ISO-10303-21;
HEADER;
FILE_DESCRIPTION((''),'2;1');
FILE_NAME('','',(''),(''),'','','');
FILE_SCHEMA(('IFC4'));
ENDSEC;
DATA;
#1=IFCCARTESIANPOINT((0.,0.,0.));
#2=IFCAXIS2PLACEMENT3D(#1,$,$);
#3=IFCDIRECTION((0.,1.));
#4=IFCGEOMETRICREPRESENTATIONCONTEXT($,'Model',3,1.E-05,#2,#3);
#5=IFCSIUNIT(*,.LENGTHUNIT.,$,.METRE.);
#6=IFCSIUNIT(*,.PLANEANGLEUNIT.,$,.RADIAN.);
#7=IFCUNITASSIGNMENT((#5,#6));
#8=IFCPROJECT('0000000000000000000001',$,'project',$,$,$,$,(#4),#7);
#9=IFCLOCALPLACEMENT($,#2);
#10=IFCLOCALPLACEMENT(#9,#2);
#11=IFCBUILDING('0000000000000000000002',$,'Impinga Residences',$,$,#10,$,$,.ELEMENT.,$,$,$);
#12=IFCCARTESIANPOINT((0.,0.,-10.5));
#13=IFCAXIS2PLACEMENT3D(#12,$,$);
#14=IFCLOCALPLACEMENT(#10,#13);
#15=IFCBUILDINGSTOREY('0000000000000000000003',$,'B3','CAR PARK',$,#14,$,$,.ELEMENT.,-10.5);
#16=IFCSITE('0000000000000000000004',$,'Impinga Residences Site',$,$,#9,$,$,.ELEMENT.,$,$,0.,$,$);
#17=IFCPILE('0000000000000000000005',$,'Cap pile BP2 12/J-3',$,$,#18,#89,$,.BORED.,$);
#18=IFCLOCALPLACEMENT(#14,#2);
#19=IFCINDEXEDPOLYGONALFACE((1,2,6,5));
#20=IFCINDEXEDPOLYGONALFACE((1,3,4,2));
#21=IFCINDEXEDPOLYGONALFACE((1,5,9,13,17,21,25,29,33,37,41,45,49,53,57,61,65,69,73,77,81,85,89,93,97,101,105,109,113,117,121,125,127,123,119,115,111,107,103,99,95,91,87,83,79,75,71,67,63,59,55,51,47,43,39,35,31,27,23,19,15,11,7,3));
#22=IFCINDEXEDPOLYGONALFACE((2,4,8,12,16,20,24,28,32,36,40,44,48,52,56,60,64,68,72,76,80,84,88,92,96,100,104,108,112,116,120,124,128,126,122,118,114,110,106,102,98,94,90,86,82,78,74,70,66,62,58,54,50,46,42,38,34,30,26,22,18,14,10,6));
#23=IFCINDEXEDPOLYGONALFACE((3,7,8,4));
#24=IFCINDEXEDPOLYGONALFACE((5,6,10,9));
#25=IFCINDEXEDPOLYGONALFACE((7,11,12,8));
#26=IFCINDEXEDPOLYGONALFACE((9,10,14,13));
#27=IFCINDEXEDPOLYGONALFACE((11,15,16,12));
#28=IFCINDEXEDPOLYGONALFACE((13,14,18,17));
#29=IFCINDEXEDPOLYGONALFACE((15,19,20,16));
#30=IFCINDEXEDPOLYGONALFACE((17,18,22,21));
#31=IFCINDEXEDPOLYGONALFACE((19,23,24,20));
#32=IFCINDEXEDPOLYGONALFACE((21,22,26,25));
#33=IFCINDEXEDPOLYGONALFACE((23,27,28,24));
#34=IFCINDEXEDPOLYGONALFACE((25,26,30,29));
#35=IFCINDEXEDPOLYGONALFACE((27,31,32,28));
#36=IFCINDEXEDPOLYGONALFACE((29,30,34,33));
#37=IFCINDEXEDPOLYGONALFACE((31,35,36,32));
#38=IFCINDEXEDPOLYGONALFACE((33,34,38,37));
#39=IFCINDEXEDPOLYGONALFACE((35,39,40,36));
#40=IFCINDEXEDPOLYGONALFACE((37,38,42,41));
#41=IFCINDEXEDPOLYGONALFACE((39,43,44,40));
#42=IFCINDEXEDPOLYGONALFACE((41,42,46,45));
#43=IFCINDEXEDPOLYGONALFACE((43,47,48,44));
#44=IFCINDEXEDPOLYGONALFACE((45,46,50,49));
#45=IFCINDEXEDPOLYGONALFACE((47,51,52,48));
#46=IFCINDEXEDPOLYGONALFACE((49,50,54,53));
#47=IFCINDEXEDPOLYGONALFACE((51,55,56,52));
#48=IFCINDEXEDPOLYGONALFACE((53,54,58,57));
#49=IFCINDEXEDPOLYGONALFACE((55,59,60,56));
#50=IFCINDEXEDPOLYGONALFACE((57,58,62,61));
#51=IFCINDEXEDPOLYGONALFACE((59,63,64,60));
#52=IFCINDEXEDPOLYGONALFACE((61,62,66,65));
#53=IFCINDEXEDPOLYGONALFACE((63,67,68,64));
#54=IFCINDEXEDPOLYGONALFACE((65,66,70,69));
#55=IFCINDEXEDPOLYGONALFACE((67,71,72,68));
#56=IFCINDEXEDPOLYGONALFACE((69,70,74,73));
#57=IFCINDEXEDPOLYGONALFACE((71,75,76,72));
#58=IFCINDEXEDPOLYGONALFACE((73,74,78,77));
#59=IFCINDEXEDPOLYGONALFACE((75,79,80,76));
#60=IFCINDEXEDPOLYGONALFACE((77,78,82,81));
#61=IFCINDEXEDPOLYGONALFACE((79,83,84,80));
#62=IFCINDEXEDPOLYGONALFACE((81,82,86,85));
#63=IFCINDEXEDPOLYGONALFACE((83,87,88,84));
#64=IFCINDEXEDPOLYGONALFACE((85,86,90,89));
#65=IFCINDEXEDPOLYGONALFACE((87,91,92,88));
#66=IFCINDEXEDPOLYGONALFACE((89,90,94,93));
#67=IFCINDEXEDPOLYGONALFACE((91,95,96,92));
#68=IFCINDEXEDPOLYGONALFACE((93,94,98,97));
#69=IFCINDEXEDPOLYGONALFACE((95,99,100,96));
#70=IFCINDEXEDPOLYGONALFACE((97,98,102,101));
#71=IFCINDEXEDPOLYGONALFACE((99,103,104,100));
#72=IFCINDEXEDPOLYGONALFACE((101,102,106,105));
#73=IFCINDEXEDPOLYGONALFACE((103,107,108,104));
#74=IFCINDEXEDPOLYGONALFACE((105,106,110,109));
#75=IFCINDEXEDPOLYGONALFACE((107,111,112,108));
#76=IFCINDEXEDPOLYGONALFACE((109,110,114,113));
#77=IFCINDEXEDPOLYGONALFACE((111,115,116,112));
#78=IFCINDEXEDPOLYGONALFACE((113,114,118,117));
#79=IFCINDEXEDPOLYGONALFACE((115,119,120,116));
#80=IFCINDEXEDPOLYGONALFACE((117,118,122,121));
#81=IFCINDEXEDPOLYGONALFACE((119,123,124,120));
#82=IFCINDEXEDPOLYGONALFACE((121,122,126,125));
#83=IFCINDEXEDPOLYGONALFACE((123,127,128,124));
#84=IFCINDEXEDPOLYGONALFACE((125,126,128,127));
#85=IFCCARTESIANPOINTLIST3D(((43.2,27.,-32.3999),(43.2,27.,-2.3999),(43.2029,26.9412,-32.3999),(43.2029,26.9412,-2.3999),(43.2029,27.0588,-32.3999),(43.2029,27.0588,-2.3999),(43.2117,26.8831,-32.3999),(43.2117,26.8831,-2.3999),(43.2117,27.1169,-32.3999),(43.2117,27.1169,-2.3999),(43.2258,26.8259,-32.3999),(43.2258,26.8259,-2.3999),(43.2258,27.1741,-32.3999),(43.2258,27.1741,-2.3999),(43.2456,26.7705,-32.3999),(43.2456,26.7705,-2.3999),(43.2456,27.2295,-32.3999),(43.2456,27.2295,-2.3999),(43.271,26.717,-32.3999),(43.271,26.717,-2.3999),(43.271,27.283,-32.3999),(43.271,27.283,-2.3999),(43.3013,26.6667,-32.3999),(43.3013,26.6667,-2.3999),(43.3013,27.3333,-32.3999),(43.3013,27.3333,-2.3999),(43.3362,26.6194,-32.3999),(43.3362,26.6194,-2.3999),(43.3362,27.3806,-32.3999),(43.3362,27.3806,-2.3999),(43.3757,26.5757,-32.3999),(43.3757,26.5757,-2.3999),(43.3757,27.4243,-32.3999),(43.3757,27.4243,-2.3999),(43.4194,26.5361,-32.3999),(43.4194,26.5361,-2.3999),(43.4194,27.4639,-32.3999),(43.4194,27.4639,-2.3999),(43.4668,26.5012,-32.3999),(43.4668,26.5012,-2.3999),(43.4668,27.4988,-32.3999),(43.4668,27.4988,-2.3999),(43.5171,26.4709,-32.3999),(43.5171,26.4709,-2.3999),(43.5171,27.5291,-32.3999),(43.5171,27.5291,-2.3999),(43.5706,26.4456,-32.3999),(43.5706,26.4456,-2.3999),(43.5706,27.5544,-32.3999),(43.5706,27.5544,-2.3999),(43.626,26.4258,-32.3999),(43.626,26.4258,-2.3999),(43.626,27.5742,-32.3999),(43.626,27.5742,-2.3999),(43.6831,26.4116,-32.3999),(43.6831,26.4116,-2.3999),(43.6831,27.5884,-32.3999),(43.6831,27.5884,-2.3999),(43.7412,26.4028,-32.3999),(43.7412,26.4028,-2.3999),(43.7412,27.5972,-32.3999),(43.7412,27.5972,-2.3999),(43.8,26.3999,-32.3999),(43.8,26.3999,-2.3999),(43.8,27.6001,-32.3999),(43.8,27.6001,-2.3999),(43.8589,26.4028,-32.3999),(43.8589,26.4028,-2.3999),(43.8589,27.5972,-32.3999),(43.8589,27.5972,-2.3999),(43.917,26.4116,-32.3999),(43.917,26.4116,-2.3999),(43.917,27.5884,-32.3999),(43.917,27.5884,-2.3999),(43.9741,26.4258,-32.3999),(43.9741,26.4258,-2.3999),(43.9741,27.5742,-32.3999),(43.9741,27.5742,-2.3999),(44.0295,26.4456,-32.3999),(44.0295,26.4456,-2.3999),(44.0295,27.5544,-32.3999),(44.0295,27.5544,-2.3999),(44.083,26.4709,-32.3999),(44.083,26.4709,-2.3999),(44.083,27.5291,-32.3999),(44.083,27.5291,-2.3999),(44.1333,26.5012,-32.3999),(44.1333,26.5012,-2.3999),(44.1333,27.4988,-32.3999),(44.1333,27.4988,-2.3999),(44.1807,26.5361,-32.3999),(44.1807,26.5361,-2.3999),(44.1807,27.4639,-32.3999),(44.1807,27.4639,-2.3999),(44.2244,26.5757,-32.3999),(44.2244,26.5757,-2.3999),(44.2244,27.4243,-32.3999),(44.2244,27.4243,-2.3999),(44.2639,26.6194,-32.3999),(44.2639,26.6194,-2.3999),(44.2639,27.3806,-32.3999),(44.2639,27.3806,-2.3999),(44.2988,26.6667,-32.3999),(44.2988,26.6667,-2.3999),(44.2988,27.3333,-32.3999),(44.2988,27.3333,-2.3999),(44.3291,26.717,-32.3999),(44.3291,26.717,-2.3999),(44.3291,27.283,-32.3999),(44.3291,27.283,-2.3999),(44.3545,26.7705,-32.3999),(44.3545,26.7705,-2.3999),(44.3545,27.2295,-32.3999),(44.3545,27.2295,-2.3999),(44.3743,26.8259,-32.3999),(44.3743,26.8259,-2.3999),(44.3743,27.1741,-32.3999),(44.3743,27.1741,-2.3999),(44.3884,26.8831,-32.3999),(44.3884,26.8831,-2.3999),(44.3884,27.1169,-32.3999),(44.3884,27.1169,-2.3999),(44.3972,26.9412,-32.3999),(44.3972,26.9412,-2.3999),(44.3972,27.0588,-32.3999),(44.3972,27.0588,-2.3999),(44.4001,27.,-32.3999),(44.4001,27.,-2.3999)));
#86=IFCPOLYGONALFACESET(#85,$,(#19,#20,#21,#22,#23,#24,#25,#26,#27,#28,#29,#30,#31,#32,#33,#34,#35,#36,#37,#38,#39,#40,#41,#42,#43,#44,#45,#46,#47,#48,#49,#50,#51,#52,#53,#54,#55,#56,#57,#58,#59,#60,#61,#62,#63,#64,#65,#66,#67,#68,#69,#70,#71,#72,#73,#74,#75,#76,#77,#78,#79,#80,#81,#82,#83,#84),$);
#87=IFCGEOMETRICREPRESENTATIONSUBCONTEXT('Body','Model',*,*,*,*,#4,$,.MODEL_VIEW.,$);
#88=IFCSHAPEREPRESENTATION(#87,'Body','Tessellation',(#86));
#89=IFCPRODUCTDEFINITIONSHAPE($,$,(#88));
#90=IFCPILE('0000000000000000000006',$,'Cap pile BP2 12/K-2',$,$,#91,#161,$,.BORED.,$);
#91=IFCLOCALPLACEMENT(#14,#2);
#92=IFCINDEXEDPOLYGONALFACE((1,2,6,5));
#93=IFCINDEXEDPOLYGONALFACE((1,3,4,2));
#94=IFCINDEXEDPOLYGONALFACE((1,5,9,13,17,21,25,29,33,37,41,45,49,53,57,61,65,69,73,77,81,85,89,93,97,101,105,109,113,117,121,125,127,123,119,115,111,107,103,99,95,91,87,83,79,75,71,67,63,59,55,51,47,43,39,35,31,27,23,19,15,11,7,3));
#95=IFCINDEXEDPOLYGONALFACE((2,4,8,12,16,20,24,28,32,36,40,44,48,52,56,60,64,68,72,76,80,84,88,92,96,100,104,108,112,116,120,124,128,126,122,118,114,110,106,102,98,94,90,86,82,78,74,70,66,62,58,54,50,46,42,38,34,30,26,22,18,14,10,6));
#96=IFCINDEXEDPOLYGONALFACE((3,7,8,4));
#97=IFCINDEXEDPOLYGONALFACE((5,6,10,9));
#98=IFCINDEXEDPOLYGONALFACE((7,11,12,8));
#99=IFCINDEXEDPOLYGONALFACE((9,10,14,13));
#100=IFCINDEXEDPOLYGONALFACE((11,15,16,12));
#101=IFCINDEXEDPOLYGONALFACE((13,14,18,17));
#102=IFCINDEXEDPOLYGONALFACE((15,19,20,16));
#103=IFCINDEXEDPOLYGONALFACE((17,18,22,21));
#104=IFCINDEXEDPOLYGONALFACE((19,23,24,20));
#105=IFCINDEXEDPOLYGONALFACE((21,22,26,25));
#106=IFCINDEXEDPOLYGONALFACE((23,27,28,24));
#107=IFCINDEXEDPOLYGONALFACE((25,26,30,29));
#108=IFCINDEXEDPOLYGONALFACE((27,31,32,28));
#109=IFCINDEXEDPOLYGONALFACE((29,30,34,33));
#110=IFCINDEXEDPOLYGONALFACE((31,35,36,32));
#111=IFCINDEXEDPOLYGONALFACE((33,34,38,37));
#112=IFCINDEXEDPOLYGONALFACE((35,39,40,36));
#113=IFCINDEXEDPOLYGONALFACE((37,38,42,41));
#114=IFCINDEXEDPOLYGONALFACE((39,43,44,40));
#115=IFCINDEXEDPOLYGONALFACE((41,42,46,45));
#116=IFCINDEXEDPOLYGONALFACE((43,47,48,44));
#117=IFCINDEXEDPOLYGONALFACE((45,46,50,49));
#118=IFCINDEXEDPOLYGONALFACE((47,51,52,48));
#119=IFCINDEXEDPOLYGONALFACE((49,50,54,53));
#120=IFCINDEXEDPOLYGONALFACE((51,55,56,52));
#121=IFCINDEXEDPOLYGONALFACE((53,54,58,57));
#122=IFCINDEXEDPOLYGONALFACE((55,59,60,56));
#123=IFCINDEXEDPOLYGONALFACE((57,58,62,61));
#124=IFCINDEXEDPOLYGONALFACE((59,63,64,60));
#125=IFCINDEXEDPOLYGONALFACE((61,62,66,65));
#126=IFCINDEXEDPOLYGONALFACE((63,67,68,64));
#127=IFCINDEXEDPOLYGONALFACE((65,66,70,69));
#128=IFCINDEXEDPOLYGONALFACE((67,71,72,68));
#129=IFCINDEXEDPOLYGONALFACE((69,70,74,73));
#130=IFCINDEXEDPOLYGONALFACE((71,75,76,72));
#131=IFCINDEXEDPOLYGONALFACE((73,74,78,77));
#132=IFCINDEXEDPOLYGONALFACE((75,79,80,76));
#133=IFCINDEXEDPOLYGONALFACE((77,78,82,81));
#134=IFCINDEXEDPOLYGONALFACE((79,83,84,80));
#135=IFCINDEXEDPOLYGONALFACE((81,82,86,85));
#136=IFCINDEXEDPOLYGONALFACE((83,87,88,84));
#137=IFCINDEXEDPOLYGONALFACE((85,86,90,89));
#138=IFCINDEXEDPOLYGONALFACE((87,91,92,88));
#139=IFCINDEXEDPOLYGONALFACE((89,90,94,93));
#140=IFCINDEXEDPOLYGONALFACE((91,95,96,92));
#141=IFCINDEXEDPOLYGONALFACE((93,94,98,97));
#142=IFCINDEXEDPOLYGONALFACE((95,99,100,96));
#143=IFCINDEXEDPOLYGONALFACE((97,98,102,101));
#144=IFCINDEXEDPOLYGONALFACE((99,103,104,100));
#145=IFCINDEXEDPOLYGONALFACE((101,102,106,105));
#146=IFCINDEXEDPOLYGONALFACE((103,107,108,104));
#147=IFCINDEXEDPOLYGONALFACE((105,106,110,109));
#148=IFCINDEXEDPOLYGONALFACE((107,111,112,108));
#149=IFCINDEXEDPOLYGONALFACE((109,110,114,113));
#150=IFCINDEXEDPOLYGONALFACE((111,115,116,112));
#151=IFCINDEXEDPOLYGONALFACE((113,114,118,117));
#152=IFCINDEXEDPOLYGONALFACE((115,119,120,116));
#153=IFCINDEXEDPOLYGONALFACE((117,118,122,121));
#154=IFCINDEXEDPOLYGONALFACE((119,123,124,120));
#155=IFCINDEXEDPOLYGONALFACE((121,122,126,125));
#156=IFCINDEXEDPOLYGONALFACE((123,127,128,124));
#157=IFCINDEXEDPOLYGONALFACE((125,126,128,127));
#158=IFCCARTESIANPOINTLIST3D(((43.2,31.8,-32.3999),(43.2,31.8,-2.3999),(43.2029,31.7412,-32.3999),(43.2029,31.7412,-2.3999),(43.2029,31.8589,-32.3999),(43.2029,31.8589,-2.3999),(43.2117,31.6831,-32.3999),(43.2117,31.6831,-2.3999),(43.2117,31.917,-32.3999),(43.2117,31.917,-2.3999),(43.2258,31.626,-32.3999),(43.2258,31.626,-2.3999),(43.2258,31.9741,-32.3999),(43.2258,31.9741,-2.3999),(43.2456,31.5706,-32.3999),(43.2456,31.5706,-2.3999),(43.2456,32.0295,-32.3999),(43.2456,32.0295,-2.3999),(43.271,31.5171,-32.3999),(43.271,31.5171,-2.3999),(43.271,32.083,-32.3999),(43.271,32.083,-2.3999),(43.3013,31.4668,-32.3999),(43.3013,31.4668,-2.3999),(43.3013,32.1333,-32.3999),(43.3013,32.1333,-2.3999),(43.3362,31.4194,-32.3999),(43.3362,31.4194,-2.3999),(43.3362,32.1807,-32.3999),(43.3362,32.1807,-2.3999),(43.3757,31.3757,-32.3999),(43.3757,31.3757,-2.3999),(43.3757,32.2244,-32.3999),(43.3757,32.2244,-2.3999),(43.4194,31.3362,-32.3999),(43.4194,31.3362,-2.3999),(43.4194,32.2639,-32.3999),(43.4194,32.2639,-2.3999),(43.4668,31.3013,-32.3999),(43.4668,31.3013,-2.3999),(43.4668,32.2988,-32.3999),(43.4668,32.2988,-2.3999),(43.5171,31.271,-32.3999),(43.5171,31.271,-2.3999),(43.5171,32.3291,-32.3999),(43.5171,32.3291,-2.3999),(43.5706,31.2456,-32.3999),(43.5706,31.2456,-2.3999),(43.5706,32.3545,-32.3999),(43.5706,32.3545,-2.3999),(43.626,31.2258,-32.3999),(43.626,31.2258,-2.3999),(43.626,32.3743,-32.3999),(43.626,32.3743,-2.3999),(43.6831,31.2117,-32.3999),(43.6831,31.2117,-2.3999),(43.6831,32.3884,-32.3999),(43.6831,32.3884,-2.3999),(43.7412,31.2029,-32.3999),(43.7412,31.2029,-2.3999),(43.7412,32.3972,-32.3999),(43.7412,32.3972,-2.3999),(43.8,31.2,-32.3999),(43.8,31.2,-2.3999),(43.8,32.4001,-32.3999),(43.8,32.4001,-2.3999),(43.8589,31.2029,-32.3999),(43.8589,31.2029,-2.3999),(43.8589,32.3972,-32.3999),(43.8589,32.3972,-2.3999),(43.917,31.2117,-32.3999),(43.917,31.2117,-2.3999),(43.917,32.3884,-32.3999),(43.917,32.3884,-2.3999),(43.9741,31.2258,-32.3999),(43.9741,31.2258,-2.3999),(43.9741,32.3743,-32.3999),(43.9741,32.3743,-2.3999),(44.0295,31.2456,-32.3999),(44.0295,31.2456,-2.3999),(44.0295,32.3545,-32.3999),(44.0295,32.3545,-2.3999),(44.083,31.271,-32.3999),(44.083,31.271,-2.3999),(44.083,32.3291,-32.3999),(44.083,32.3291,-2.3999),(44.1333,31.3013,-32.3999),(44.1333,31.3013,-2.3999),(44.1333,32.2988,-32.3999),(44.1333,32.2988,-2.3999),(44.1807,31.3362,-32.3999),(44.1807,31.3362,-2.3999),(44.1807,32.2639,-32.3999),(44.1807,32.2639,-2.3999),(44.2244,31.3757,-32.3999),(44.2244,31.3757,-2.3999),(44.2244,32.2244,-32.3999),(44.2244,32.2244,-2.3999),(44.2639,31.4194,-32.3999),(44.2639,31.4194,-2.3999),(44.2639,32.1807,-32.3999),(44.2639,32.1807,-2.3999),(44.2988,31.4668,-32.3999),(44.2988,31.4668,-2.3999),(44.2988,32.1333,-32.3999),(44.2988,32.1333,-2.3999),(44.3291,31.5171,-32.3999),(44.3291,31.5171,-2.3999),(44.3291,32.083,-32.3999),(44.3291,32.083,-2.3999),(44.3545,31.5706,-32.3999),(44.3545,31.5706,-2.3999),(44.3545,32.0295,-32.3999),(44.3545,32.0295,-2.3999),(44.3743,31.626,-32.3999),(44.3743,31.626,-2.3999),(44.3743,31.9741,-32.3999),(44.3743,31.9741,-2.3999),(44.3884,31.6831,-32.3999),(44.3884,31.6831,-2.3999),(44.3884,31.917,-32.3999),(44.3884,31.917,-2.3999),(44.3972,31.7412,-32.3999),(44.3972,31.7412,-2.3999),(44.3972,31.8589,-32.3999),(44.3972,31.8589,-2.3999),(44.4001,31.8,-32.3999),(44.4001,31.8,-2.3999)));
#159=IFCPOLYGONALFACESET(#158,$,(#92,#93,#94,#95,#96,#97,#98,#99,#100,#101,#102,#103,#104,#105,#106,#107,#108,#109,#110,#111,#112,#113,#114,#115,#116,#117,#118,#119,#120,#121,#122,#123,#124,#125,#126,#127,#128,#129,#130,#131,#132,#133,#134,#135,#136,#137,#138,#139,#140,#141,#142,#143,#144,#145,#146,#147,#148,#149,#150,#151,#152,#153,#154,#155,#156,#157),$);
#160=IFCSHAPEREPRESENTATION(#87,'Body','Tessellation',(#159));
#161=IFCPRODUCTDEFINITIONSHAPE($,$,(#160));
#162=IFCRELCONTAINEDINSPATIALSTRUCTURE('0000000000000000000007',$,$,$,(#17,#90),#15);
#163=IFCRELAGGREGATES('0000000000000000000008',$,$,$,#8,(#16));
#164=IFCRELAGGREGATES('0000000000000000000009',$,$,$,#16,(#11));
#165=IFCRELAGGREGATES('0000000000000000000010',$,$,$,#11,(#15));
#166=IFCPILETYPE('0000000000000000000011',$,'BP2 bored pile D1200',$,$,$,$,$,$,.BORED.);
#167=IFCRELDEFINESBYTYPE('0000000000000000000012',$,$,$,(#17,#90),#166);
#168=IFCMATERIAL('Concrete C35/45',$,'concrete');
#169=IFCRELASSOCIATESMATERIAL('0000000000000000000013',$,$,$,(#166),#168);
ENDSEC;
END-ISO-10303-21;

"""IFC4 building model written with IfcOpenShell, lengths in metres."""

from ifc_helpers import new_model, si_unit, direction, frame, origin, origin_2d, place, context, subcontext, project, spatial, polyline, circle, outline, extrude, material, material_profile, profile_set, type_object, element, save


model = new_model("IFC4")

# Units and contexts
model_context = context("Model", 3, precision=1e-05, world=origin(), true_north=direction((0.0, 1.0)))
body_context = subcontext(model_context, "Body", "Model", "MODEL_VIEW")
ifc_project = project(units=[si_unit("LENGTHUNIT", "METRE"), si_unit("PLANEANGLEUNIT", "RADIAN")], contexts=[model_context])

# Site, building, storey
site_placement = place(None, origin())
site = spatial("IfcSite", under=ifc_project, at=site_placement, Name="Impinga Residences Site", CompositionType="ELEMENT", RefElevation=0.0)
building_placement = place(site_placement, origin())
building = spatial("IfcBuilding", under=site, at=building_placement, Name="Impinga Residences", CompositionType="ELEMENT")
storey_placement = place(building_placement, frame((0.0, 0.0, -10.5)))
storey = spatial("IfcBuildingStorey", under=building, at=storey_placement, Name="B3", Description="CAR PARK", CompositionType="ELEMENT", Elevation=-10.5)

# Piles
ifc_material_1 = material(Name="Concrete C35/45", Category="concrete")
ifc_material_profile_1 = material_profile(ifc_material_1, circle(Radius=0.6001, at=origin_2d()), Name="D1200")
ifc_profile_set_1 = profile_set([ifc_material_profile_1], Name="Concrete C35/45")
pile_type = type_object("IfcPileType", Name="BP2 bored pile D1200", PredefinedType="BORED", material=ifc_profile_set_1)
pile_1_placement = place(storey_placement, frame((43.8, 27.0, -2.3999), z_axis=(0.0, 0.0, -1.0), x_axis=(1.0, 0.0, 0.0)))
element("IfcPile", 1, at=pile_1_placement, inside=storey, type_object=pile_type, Name="Cap pile BP2 12/J-3", PredefinedType="BORED", context=body_context, shape_type="SweptSolid", body=[
    extrude(outline(polyline([(0.6001, 0.0), (0.5972, 0.0588), (0.5884, 0.1169), (0.5742, 0.1741), (0.5544, 0.2295), (0.5291, 0.283), (0.4988, 0.3333), (0.4639, 0.3806), (0.4243, 0.4243), (0.3806, 0.4639), (0.3333, 0.4988), (0.283, 0.5291), (0.2295, 0.5544), (0.1741, 0.5742), (0.1169, 0.5884), (0.0588, 0.5972), (0.0, 0.6001), (-0.0588, 0.5972), (-0.1169, 0.5884), (-0.1741, 0.5742), (-0.2295, 0.5544), (-0.283, 0.5291), (-0.3333, 0.4988), (-0.3806, 0.4639), (-0.4243, 0.4243), (-0.4639, 0.3806), (-0.4988, 0.3333), (-0.5291, 0.283), (-0.5544, 0.2295), (-0.5742, 0.1741), (-0.5884, 0.1169), (-0.5972, 0.0588), (-0.6001, 0.0), (-0.5972, -0.0588), (-0.5884, -0.1169), (-0.5742, -0.1741), (-0.5544, -0.2295), (-0.5291, -0.283), (-0.4988, -0.3333), (-0.4639, -0.3806), (-0.4243, -0.4243), (-0.3806, -0.4639), (-0.3333, -0.4988), (-0.283, -0.5291), (-0.2295, -0.5544), (-0.1741, -0.5742), (-0.1169, -0.5884), (-0.0588, -0.5972), (0.0, -0.6001), (0.0588, -0.5972), (0.1169, -0.5884), (0.1741, -0.5742), (0.2295, -0.5544), (0.283, -0.5291), (0.3333, -0.4988), (0.3806, -0.4639), (0.4243, -0.4243), (0.4639, -0.3806), (0.4988, -0.3333), (0.5291, -0.283), (0.5544, -0.2295), (0.5742, -0.1741), (0.5884, -0.1169), (0.5972, -0.0588), (0.6001, 0.0)])), origin(), (0.0, 0.0, 1.0), 30.0),
])
pile_2_placement = place(storey_placement, frame((43.8, 31.8, -2.3999), z_axis=(0.0, 0.0, -1.0), x_axis=(1.0, 0.0, 0.0)))
element("IfcPile", 2, at=pile_2_placement, inside=storey, type_object=pile_type, Name="Cap pile BP2 12/K-2", PredefinedType="BORED", context=body_context, shape_type="SweptSolid", body=[
    extrude(outline(polyline([(0.6001, 0.0), (0.5972, 0.0588), (0.5884, 0.1169), (0.5742, 0.1741), (0.5544, 0.2295), (0.5291, 0.283), (0.4988, 0.3333), (0.4639, 0.3806), (0.4243, 0.4243), (0.3806, 0.4639), (0.3333, 0.4988), (0.283, 0.5291), (0.2295, 0.5544), (0.1741, 0.5742), (0.1169, 0.5884), (0.0588, 0.5972), (0.0, 0.6001), (-0.0588, 0.5972), (-0.1169, 0.5884), (-0.1741, 0.5742), (-0.2295, 0.5544), (-0.283, 0.5291), (-0.3333, 0.4988), (-0.3806, 0.4639), (-0.4243, 0.4243), (-0.4639, 0.3806), (-0.4988, 0.3333), (-0.5291, 0.283), (-0.5544, 0.2295), (-0.5742, 0.1741), (-0.5884, 0.1169), (-0.5972, 0.0588), (-0.6001, 0.0), (-0.5972, -0.0588), (-0.5884, -0.1169), (-0.5742, -0.1741), (-0.5544, -0.2295), (-0.5291, -0.283), (-0.4988, -0.3333), (-0.4639, -0.3806), (-0.4243, -0.4243), (-0.3806, -0.4639), (-0.3333, -0.4988), (-0.283, -0.5291), (-0.2295, -0.5544), (-0.1741, -0.5742), (-0.1169, -0.5884), (-0.0588, -0.5972), (0.0, -0.6001), (0.0588, -0.5972), (0.1169, -0.5884), (0.1741, -0.5742), (0.2295, -0.5544), (0.283, -0.5291), (0.3333, -0.4988), (0.3806, -0.4639), (0.4243, -0.4243), (0.4639, -0.3806), (0.4988, -0.3333), (0.5291, -0.283), (0.5544, -0.2295), (0.5742, -0.1741), (0.5884, -0.1169), (0.5972, -0.0588), (0.6001, 0.0)])), origin(), (0.0, 0.0, 1.0), 30.0),
])

save(model, "model.ifc")
